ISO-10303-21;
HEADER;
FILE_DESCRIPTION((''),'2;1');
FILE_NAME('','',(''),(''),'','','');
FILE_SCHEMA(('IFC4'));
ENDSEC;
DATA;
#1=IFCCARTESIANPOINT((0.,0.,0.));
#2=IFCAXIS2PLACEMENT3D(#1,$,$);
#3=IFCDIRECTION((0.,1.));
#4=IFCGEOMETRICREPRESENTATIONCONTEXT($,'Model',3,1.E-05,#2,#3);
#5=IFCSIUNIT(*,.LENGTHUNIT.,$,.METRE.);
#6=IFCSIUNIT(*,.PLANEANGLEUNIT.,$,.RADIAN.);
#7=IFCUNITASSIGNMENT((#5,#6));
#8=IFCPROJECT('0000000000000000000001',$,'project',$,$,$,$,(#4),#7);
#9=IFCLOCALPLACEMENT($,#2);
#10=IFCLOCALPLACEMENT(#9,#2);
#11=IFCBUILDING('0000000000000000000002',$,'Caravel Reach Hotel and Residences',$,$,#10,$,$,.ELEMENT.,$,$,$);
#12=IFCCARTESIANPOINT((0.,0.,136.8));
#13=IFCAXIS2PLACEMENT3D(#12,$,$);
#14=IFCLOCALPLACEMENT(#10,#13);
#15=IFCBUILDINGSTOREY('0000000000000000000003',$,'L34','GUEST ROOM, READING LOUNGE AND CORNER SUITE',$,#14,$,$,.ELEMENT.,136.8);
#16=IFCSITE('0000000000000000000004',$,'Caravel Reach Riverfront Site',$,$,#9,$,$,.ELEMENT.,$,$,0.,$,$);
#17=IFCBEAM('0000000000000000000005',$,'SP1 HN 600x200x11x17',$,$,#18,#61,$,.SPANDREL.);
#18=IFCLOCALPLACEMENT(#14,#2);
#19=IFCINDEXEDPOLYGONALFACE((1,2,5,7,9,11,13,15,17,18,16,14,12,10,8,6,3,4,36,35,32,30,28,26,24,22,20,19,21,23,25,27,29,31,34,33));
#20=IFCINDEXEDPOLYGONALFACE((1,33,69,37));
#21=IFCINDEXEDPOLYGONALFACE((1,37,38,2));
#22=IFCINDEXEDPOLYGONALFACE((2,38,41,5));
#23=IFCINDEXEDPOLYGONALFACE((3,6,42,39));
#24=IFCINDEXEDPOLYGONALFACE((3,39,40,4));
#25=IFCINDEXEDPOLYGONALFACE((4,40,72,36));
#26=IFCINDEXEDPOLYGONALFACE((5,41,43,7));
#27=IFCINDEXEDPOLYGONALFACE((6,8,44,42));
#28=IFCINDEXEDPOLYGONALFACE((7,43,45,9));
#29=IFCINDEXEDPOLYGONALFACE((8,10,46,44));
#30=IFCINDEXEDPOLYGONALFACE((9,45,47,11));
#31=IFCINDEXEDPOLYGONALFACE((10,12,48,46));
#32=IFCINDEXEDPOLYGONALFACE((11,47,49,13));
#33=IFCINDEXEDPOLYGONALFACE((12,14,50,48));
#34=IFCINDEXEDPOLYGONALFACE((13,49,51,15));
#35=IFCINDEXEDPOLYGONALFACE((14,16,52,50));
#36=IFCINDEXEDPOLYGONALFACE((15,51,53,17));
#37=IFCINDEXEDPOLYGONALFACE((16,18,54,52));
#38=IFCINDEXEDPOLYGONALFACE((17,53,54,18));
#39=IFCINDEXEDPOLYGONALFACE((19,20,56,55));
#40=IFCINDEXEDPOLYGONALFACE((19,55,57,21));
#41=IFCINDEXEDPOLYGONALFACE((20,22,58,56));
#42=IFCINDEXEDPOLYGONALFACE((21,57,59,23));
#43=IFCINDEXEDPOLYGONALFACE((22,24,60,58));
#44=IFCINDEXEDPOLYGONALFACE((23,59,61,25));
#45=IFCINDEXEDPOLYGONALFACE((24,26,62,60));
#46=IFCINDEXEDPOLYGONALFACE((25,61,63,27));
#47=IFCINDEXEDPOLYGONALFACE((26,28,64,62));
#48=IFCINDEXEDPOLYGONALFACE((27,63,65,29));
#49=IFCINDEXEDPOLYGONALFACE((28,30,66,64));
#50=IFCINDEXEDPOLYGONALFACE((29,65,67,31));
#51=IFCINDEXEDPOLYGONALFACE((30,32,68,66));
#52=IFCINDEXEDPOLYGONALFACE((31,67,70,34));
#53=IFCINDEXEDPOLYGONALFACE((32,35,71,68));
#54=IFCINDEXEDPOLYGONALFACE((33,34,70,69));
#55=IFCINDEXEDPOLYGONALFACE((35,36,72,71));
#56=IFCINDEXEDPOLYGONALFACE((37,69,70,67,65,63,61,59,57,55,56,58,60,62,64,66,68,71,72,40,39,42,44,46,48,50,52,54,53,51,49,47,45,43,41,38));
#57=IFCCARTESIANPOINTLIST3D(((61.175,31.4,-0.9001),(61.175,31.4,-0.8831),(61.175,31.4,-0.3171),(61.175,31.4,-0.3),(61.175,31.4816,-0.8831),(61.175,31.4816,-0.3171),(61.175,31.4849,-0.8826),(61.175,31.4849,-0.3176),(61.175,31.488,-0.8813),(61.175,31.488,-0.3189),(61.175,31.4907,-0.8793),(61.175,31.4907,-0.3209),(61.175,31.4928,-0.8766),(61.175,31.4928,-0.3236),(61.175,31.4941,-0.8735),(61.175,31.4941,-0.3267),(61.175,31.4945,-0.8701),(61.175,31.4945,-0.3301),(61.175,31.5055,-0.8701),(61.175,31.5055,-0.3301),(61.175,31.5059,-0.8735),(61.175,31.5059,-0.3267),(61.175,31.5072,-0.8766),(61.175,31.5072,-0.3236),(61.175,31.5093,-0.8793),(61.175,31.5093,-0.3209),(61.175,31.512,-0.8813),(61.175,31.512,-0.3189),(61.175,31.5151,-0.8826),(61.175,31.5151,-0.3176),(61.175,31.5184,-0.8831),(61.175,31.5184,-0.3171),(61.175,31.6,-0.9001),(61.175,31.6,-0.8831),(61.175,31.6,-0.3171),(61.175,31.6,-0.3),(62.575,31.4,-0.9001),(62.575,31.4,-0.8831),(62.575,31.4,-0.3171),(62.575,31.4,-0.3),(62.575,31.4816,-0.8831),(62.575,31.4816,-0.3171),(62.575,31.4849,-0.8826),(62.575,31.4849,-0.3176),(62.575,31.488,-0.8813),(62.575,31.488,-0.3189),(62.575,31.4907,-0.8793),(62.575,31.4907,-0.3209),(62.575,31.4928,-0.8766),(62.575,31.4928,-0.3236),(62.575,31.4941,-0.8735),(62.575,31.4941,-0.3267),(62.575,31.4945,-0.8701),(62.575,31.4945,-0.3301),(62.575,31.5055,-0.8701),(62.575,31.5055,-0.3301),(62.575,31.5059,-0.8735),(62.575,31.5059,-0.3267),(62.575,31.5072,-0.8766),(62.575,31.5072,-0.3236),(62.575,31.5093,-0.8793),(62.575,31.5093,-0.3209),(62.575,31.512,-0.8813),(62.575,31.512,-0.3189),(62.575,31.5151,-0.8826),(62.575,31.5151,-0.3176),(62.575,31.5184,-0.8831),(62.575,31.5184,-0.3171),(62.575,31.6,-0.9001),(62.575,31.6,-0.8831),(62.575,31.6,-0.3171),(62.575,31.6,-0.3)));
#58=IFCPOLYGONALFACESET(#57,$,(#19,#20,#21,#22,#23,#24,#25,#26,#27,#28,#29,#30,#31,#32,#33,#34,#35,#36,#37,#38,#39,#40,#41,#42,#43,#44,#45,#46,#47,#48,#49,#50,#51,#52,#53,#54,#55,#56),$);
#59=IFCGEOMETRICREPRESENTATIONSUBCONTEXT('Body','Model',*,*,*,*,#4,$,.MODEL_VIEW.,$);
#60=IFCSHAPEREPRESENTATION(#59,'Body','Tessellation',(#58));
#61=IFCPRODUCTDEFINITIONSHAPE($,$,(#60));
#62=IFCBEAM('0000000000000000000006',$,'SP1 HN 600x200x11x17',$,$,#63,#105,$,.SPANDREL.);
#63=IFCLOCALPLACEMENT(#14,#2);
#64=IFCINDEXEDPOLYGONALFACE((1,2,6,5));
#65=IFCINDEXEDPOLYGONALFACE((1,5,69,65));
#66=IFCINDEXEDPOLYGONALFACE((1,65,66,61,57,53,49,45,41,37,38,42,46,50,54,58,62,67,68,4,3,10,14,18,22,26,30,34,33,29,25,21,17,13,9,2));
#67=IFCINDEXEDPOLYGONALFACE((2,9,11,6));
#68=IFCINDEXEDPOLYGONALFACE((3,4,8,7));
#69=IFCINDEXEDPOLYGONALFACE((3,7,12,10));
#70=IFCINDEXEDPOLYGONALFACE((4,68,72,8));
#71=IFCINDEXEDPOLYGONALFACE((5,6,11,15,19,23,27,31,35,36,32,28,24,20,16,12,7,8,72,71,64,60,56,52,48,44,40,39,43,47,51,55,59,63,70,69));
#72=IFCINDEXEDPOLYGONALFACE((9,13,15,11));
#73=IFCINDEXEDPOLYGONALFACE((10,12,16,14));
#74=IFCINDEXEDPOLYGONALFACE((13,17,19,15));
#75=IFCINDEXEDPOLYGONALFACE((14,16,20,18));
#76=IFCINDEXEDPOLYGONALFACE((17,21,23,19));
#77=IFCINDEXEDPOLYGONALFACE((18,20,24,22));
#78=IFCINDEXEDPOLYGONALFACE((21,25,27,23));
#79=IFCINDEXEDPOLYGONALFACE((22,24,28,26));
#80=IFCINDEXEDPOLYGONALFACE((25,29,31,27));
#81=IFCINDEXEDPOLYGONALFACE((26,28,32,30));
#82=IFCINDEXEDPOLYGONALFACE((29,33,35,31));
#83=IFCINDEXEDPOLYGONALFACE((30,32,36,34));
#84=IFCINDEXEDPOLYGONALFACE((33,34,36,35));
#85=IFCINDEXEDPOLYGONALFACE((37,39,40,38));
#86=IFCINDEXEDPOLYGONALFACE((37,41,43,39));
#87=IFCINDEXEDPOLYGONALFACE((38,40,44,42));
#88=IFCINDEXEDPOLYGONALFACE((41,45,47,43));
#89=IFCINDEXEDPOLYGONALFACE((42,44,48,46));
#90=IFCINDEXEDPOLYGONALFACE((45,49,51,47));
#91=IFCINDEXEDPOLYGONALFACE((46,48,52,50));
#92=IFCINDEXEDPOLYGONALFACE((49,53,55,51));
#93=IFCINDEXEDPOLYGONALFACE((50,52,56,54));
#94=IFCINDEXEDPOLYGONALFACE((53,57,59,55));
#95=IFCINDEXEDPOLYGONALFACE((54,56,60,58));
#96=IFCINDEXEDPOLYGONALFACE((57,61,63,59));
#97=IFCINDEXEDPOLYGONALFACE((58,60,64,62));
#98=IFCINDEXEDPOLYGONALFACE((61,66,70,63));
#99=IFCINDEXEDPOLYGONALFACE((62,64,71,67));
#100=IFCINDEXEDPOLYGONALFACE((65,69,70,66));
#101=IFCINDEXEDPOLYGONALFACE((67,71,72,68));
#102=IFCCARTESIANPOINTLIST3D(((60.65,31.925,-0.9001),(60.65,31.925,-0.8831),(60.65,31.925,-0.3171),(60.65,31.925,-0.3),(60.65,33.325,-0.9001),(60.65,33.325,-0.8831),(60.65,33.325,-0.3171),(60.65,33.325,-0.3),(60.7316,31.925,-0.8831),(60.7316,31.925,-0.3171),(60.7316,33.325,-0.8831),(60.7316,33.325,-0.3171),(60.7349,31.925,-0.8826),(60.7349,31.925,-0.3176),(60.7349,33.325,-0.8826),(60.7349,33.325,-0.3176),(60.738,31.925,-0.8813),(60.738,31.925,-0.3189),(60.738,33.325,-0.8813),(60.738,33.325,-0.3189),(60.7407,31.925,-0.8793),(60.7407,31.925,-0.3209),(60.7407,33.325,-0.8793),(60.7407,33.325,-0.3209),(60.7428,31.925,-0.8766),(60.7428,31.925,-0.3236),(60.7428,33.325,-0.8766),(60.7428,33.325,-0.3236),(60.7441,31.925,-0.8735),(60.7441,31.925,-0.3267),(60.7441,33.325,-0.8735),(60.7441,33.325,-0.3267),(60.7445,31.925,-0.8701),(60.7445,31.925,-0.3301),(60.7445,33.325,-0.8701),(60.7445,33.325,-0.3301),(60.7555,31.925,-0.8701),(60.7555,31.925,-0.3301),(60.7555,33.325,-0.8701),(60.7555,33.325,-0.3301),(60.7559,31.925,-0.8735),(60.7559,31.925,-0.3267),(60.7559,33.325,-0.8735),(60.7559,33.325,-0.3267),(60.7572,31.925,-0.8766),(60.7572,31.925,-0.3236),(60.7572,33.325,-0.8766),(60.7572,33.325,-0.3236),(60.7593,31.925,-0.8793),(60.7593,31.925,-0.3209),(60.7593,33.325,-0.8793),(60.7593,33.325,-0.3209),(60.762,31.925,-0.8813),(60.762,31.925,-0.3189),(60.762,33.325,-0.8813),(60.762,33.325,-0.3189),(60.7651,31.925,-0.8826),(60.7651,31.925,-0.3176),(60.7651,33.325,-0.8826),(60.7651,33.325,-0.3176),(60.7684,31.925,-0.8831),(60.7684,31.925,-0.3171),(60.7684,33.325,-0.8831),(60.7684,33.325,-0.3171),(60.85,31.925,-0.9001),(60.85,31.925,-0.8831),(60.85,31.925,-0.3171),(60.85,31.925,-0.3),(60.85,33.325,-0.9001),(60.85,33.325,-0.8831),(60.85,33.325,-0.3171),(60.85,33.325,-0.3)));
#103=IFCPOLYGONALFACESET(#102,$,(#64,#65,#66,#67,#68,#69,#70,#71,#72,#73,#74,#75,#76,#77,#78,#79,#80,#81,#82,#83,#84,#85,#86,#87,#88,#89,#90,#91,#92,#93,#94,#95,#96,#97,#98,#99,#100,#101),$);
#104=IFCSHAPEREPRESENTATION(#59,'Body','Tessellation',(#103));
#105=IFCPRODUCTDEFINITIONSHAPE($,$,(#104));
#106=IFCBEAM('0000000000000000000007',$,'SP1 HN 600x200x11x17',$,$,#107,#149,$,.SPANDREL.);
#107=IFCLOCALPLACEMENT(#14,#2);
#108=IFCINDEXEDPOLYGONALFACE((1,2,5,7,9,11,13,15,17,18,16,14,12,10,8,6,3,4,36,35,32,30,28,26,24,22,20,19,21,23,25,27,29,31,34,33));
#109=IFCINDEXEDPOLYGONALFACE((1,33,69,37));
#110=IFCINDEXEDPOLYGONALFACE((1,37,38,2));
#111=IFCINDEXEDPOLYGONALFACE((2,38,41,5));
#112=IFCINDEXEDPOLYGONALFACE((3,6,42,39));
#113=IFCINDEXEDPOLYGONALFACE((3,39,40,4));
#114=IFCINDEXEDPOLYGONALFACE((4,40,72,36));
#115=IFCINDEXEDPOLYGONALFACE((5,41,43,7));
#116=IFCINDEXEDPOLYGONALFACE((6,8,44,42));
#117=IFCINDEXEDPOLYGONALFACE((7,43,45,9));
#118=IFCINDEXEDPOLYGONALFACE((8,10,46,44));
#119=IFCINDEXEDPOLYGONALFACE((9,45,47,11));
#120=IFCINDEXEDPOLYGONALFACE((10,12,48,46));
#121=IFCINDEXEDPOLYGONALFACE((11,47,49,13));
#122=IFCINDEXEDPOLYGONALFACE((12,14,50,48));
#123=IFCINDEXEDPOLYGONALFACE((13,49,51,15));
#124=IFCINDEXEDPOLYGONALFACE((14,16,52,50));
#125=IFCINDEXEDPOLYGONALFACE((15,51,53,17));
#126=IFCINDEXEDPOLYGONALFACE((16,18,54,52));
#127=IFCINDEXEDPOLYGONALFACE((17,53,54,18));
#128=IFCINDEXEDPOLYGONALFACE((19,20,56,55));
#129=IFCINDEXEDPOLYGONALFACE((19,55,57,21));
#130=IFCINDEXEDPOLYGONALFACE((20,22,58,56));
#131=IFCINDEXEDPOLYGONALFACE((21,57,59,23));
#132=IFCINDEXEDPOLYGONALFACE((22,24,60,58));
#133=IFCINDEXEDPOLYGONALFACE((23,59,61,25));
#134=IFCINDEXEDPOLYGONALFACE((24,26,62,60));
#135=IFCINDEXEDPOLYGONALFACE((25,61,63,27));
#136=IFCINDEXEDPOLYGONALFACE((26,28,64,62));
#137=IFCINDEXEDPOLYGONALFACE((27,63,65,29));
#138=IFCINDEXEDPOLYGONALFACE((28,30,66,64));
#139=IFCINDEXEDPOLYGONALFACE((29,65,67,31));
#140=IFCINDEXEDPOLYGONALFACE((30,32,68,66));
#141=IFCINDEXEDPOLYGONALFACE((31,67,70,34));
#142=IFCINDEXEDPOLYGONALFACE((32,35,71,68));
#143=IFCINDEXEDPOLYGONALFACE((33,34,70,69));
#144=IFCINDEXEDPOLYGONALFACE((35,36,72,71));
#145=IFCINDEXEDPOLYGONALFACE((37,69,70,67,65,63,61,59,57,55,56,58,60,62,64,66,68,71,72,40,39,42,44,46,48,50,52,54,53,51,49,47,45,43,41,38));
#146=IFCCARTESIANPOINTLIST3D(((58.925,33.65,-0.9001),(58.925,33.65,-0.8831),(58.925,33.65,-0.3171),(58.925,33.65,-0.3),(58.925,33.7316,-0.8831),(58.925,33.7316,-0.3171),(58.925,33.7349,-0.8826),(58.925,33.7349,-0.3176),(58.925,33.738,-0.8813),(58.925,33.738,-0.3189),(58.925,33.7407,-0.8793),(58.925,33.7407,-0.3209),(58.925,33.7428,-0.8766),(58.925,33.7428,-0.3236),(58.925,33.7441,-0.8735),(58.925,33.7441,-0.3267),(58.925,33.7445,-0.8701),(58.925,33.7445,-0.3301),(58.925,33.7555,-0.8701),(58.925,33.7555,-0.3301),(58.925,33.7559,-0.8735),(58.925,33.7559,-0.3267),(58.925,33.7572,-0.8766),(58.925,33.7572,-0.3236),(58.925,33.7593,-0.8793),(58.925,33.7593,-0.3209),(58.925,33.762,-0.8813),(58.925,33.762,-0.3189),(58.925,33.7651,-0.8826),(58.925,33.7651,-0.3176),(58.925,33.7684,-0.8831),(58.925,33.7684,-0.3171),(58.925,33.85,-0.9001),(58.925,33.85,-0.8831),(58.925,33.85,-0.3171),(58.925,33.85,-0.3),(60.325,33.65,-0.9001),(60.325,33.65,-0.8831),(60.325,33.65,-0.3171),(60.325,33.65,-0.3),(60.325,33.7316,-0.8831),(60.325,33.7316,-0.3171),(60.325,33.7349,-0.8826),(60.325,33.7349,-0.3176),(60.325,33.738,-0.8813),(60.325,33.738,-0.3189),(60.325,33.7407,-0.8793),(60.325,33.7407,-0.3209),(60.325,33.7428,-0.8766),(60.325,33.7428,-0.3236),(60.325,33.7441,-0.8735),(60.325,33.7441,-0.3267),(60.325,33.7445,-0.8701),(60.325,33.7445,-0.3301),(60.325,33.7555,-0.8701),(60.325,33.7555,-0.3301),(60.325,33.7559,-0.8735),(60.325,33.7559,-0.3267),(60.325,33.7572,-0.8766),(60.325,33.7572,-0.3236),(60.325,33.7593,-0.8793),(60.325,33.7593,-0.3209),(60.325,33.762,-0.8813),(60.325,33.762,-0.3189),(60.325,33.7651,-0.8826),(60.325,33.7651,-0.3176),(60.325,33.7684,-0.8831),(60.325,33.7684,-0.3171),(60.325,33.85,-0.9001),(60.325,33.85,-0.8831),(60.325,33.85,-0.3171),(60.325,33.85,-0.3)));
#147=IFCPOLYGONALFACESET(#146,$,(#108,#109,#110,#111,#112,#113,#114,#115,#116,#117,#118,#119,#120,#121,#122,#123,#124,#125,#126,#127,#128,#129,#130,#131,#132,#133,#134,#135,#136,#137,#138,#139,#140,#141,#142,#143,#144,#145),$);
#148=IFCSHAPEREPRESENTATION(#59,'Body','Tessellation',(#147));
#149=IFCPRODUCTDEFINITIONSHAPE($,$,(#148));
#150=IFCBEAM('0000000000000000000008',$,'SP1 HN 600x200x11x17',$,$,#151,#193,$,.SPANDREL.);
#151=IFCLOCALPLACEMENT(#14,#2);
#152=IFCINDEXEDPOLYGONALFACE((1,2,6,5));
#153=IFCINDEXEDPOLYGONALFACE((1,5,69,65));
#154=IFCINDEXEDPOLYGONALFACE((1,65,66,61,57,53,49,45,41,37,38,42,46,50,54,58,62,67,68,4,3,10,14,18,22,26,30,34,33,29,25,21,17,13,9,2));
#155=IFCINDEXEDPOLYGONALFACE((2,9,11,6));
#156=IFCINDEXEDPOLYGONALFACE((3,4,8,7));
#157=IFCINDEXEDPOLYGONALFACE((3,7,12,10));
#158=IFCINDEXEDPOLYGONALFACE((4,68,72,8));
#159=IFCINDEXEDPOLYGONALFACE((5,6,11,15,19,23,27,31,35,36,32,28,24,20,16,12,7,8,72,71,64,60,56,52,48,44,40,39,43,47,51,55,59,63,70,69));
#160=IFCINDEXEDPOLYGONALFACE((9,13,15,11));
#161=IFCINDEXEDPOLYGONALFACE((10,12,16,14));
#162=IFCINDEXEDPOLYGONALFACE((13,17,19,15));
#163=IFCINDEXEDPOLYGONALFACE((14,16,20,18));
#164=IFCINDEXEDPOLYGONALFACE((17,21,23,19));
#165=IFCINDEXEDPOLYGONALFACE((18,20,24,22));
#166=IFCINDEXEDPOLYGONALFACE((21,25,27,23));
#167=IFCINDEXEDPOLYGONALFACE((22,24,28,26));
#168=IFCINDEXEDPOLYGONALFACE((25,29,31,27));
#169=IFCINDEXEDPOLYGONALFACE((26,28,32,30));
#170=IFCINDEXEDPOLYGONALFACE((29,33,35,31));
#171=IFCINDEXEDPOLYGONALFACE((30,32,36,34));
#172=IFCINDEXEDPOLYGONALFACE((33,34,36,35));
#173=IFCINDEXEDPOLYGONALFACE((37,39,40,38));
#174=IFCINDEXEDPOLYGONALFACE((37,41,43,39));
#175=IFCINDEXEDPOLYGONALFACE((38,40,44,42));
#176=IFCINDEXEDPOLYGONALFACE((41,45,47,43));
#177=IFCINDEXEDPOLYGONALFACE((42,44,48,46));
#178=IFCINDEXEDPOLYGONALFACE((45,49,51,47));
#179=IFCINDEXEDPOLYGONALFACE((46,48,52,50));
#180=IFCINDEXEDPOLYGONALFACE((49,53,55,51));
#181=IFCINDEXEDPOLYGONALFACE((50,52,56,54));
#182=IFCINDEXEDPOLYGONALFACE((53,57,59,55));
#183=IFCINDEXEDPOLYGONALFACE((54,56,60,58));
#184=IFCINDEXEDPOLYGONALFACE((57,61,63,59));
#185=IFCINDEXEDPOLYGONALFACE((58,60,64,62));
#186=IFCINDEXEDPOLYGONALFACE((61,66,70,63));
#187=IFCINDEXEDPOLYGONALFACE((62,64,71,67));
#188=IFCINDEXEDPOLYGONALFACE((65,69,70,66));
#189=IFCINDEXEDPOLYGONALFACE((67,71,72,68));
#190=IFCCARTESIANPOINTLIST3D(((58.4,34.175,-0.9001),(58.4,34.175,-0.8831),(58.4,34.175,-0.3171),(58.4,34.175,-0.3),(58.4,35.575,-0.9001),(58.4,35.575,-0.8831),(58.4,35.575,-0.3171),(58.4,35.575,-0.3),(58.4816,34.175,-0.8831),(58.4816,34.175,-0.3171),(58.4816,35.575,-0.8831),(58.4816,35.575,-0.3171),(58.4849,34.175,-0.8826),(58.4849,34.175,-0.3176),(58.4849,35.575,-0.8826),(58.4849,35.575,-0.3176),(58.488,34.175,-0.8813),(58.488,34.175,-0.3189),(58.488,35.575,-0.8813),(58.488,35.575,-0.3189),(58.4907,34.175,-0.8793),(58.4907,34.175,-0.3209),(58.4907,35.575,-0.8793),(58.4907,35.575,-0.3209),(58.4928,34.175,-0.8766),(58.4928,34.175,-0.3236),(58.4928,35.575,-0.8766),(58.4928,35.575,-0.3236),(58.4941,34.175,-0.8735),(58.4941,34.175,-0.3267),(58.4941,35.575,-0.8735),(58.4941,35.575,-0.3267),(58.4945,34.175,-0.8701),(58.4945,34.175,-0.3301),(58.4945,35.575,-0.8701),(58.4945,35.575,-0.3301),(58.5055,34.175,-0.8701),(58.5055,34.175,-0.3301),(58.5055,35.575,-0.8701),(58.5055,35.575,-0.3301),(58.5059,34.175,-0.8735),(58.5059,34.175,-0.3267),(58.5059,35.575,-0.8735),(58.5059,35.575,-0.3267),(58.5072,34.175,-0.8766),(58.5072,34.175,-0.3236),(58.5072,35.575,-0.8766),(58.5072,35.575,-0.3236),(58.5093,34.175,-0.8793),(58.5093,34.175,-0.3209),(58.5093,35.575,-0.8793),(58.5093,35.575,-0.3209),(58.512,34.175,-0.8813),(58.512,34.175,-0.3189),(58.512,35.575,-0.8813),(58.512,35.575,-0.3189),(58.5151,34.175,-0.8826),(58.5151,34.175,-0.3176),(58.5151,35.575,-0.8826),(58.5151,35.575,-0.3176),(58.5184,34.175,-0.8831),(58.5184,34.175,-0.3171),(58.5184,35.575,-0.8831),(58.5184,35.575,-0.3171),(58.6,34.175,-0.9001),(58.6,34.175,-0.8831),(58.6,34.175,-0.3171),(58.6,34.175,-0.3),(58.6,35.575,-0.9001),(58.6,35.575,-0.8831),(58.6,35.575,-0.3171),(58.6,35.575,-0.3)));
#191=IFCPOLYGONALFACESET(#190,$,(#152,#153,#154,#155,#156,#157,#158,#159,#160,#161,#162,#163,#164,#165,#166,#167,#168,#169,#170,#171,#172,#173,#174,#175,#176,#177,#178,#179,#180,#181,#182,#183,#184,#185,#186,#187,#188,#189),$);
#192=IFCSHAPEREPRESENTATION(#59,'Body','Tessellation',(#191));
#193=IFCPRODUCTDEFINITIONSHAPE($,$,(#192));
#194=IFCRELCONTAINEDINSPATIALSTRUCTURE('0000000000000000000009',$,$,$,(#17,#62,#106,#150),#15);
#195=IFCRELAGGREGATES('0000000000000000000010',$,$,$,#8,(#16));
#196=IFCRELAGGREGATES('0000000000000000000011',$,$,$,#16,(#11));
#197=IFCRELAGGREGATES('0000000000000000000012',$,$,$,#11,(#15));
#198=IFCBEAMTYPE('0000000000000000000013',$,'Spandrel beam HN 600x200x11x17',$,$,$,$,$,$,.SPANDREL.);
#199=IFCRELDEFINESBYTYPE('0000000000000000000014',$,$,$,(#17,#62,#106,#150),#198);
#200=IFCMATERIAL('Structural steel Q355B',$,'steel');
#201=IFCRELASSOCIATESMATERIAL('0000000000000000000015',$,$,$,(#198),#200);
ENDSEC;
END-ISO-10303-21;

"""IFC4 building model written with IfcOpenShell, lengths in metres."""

from ifc_helpers import new_model, si_unit, direction, frame, origin, origin_2d, place, context, subcontext, project, spatial, i_section, extrude, material, material_profile, profile_set, type_object, element, save


model = new_model("IFC4")

# Units and contexts
model_context = context("Model", 3, precision=1e-05, world=origin(), true_north=direction((0.0, 1.0)))
body_context = subcontext(model_context, "Body", "Model", "MODEL_VIEW")
ifc_project = project(units=[si_unit("LENGTHUNIT", "METRE"), si_unit("PLANEANGLEUNIT", "RADIAN")], contexts=[model_context])

# Site, building, storey
site_placement = place(None, origin())
site = spatial("IfcSite", under=ifc_project, at=site_placement, Name="Caravel Reach Riverfront Site", CompositionType="ELEMENT", RefElevation=0.0)
building_placement = place(site_placement, origin())
building = spatial("IfcBuilding", under=site, at=building_placement, Name="Caravel Reach Hotel and Residences", CompositionType="ELEMENT")
storey_placement = place(building_placement, frame((0.0, 0.0, 136.8)))
storey = spatial("IfcBuildingStorey", under=building, at=storey_placement, Name="L34", Description="GUEST ROOM, READING LOUNGE AND CORNER SUITE", CompositionType="ELEMENT", Elevation=136.8)

# Beams
ifc_material_1 = material(Name="Structural steel Q355B", Category="steel")
ifc_material_profile_1 = material_profile(ifc_material_1, i_section(OverallWidth=0.2, OverallDepth=0.6001, WebThickness=0.011, FlangeThickness=0.0171, FilletRadius=0.0129, at=origin_2d()), Name="HN 600x200x11x17")
ifc_profile_set_1 = profile_set([ifc_material_profile_1], Name="Structural steel Q355B")
beam_type_1 = type_object("IfcBeamType", Name="Spandrel beam HN 600x200x11x17", PredefinedType="SPANDREL", material=ifc_profile_set_1)
for number, where, z_axis, x_axis, name in (
    (1, (62.575, 31.5, -0.6001), (-1.0, 0.0, 0.0), (0.0, -1.0, 0.0), "SP1 HN 600x200x11x17"),
    (2, (60.75, 31.925, -0.6001), (0.0, 1.0, 0.0), (-1.0, 0.0, 0.0), "SP1 HN 600x200x11x17"),
    (3, (60.325, 33.75, -0.6001), (-1.0, 0.0, 0.0), (0.0, -1.0, 0.0), "SP1 HN 600x200x11x17"),
    (4, (58.5, 34.175, -0.6001), (0.0, 1.0, 0.0), (-1.0, 0.0, 0.0), "SP1 HN 600x200x11x17"),
):
    element("IfcBeam", number, at=place(storey_placement, frame(where, z_axis=z_axis, x_axis=x_axis)), inside=storey, type_object=beam_type_1, Name=name, PredefinedType="SPANDREL", context=body_context, shape_type="SweptSolid", body=[
        extrude(i_section(OverallWidth=0.2, OverallDepth=0.6001, WebThickness=0.011, FlangeThickness=0.0171, FilletRadius=0.0129, at=origin_2d()), origin(), (0.0, 0.0, 1.0), 1.3999),
    ])

save(model, "model.ifc")
